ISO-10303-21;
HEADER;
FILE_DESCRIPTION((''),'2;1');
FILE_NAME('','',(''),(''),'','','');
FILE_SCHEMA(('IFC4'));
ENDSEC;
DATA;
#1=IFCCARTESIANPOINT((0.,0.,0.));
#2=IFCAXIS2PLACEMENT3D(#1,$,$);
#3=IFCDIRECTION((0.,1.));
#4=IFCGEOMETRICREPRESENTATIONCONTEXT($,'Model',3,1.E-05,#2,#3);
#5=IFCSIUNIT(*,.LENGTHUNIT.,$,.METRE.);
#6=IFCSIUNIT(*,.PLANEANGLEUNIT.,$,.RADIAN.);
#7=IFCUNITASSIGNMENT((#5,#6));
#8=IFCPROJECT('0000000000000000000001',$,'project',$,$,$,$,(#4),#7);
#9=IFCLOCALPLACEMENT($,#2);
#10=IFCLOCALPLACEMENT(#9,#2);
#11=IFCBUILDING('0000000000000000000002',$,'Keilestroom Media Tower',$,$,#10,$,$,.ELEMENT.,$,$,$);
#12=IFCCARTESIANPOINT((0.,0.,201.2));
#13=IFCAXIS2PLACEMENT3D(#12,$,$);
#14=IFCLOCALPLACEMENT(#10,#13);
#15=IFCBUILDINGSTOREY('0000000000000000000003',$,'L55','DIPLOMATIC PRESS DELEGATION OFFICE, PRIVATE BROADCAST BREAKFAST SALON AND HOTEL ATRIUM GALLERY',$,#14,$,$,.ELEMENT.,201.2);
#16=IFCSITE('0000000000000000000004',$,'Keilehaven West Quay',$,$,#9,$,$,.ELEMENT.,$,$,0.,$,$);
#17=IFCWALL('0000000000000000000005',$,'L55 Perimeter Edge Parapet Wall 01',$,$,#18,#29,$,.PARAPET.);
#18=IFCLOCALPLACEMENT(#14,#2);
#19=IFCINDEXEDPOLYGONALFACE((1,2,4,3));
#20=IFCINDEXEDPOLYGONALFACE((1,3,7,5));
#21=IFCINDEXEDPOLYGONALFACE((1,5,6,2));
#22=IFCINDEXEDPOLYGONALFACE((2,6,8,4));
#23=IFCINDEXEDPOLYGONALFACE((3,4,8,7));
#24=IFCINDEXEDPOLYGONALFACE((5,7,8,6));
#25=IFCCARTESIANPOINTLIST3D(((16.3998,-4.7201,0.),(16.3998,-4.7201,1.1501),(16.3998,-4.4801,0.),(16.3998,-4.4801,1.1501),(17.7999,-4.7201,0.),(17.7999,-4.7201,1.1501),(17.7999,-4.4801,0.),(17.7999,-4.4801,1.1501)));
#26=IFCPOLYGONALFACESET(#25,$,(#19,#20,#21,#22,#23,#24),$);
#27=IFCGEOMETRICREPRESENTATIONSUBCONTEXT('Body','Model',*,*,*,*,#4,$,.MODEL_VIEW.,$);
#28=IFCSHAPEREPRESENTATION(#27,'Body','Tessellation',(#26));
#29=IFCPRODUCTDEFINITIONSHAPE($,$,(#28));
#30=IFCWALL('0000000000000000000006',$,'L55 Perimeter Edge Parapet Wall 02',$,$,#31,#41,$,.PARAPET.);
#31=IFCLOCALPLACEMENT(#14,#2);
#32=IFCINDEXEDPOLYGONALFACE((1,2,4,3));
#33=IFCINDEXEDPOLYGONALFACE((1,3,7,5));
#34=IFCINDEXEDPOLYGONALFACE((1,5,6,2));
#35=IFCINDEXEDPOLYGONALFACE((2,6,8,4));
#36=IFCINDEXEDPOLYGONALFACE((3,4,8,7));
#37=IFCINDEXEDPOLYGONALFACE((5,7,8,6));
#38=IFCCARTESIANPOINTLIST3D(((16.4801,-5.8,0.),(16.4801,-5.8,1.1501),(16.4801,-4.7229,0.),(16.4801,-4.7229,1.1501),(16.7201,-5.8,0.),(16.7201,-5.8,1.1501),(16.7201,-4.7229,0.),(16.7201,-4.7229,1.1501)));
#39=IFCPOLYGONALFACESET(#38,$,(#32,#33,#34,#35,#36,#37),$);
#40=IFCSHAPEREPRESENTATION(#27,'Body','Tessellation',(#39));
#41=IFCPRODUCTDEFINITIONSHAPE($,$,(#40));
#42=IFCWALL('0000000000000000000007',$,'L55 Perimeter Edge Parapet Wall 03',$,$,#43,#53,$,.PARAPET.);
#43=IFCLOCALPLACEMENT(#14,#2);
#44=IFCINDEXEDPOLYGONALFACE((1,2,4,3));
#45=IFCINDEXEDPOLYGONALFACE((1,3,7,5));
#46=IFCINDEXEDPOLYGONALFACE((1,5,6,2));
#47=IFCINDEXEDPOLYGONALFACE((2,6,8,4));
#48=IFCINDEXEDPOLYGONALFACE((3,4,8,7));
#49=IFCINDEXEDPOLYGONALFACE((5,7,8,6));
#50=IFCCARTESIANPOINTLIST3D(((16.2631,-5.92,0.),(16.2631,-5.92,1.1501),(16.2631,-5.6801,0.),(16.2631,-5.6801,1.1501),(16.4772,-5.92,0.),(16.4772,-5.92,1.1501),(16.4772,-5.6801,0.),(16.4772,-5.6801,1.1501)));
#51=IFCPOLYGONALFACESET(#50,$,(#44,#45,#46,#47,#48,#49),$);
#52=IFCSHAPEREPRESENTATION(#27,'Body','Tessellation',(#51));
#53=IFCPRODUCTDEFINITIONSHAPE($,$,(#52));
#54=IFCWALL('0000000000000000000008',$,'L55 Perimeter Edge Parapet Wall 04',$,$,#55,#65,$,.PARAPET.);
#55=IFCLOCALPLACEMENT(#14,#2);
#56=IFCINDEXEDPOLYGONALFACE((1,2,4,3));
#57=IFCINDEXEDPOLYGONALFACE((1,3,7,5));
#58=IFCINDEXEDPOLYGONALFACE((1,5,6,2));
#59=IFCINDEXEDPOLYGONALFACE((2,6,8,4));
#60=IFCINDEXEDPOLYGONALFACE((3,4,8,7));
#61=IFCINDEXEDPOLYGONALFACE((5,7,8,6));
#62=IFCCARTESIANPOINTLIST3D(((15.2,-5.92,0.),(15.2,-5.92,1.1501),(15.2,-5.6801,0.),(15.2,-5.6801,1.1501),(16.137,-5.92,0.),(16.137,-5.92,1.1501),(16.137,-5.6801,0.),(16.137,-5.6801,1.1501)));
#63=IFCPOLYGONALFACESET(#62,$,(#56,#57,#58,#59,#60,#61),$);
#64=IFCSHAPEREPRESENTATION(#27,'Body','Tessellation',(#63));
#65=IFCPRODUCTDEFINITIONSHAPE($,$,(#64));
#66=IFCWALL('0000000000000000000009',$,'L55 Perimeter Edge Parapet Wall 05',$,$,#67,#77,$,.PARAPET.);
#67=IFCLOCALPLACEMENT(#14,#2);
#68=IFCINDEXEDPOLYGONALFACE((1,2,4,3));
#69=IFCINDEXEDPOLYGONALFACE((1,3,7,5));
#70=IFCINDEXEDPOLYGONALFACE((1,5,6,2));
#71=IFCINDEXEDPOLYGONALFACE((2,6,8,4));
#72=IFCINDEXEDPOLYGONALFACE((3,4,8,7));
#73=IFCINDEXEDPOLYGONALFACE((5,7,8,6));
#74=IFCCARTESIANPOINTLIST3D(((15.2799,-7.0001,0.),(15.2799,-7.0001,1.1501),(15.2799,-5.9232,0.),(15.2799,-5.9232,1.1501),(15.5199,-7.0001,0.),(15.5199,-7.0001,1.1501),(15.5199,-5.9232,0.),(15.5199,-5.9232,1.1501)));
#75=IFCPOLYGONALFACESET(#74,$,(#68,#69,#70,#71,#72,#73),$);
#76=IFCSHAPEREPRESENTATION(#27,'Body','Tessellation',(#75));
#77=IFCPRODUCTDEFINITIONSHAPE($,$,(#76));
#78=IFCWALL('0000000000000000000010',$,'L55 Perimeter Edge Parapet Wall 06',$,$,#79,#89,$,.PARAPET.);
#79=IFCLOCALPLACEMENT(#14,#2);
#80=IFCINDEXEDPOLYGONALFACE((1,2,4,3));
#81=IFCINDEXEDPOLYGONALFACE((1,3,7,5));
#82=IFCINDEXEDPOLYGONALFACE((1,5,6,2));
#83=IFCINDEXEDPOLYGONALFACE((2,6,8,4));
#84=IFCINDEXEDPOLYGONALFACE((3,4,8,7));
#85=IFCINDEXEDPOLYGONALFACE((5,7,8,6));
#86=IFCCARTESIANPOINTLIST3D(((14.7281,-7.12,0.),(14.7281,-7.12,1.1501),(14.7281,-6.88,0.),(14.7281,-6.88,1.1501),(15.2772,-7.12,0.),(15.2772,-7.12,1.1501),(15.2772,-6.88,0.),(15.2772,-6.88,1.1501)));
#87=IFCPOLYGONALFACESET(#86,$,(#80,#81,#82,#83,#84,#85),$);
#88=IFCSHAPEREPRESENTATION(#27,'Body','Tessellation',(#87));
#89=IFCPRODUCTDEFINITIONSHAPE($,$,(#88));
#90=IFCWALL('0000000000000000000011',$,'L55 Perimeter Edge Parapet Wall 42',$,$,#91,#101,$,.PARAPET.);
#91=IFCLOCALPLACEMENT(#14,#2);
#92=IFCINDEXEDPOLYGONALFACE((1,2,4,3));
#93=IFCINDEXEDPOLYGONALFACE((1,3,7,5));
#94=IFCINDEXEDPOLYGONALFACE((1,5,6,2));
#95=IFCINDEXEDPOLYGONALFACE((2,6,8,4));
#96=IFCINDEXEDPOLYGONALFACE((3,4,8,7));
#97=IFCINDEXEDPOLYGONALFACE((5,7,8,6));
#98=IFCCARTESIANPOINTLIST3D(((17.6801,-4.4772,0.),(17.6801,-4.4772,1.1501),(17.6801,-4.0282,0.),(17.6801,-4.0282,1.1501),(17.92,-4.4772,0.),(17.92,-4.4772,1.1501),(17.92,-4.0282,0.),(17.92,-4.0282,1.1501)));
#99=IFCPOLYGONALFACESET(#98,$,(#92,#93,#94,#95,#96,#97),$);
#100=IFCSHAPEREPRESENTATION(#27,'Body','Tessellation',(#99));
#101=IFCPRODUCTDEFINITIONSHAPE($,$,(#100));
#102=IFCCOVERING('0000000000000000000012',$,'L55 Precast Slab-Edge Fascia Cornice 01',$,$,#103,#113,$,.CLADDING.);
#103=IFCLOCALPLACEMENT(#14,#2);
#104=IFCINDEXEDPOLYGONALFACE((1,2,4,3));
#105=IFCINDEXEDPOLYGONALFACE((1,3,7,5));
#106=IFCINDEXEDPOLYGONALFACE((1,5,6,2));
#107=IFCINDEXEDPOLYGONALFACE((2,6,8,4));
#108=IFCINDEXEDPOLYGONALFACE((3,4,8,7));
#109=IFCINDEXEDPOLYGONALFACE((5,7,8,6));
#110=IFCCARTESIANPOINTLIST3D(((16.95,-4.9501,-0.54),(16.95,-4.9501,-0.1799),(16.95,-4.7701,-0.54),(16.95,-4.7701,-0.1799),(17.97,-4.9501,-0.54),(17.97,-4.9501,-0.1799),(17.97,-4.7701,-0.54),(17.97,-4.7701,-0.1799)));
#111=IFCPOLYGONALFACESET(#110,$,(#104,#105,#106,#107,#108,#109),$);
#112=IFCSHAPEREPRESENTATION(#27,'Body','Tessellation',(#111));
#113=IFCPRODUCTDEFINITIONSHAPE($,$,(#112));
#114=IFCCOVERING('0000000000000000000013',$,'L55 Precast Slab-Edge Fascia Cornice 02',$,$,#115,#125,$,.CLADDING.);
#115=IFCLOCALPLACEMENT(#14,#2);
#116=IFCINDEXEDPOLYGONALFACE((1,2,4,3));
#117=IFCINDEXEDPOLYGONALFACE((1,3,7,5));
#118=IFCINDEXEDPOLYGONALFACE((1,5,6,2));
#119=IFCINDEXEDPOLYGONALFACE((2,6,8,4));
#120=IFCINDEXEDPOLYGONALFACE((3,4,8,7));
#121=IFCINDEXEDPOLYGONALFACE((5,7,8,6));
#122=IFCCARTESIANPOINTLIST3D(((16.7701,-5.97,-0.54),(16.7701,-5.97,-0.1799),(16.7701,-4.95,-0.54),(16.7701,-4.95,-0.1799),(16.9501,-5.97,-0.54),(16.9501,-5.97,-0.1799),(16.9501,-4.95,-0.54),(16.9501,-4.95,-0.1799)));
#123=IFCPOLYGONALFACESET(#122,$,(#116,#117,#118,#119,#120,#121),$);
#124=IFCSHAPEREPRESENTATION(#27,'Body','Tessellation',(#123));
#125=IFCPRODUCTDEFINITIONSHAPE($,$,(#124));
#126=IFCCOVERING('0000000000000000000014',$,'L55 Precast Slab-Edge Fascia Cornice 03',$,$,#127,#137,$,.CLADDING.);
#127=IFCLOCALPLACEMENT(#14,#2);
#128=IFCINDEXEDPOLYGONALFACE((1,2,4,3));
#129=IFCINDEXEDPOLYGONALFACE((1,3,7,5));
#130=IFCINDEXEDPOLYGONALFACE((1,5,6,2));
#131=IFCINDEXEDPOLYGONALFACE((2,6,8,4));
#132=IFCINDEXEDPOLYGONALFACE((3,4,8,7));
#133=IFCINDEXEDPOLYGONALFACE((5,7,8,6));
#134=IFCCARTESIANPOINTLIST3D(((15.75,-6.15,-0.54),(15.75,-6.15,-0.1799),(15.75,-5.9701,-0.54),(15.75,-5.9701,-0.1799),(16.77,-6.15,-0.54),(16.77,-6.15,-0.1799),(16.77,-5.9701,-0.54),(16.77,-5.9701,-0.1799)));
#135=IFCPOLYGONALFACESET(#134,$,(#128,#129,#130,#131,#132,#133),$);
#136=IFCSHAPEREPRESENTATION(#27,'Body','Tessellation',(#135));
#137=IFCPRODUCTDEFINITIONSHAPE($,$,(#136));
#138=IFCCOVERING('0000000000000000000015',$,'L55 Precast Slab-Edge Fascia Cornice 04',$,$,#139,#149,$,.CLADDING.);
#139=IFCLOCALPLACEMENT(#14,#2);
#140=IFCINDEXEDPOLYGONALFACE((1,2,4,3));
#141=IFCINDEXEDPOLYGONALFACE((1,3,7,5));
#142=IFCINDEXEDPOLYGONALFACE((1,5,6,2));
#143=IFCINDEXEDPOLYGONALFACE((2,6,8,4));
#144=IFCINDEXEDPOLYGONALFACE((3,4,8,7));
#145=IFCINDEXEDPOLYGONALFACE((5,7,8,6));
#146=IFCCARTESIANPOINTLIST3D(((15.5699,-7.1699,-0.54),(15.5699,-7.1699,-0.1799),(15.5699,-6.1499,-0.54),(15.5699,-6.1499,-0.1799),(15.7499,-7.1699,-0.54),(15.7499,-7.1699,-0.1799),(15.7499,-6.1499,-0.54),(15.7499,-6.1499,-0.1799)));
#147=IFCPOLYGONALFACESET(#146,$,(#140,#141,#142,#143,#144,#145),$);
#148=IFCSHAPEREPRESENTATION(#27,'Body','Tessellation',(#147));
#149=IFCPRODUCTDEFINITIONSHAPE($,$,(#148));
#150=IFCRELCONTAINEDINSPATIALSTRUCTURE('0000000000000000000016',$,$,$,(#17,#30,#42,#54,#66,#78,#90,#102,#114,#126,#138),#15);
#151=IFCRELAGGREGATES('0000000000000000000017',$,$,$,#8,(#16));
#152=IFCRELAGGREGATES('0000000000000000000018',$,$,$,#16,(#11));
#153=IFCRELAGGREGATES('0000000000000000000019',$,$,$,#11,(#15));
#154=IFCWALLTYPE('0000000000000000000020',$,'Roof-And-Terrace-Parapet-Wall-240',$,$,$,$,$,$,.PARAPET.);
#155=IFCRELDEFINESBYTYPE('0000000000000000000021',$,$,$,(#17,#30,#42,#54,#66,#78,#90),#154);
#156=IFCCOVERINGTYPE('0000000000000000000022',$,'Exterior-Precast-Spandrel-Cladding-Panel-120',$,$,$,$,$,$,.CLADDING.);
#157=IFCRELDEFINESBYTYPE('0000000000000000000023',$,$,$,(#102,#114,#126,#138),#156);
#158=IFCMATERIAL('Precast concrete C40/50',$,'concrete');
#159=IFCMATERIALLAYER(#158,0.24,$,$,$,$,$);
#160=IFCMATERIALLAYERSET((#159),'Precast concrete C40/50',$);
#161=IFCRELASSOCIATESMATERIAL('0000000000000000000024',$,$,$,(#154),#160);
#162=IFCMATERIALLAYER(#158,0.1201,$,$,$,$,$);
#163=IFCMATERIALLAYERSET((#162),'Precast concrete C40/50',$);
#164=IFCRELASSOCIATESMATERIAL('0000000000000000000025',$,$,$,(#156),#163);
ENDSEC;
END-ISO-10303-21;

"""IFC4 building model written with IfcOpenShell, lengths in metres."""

from ifc_helpers import new_model, si_unit, direction, frame, frame_2d, origin, origin_2d, place, context, subcontext, project, spatial, rectangle, extrude, source, transform, mapped, material, layer, layer_set, type_object, element, save


model = new_model("IFC4")

# Units and contexts
model_context = context("Model", 3, precision=1e-05, world=origin(), true_north=direction((0.0, 1.0)))
body_context = subcontext(model_context, "Body", "Model", "MODEL_VIEW")
ifc_project = project(units=[si_unit("LENGTHUNIT", "METRE"), si_unit("PLANEANGLEUNIT", "RADIAN")], contexts=[model_context])

# Site, building, storey
site_placement = place(None, origin())
site = spatial("IfcSite", under=ifc_project, at=site_placement, Name="Keilehaven West Quay", CompositionType="ELEMENT", RefElevation=0.0)
building_placement = place(site_placement, origin())
building = spatial("IfcBuilding", under=site, at=building_placement, Name="Keilestroom Media Tower", CompositionType="ELEMENT")
storey_placement = place(building_placement, frame((0.0, 0.0, 201.2)))
storey = spatial("IfcBuildingStorey", under=building, at=storey_placement, Name="L55", Description="DIPLOMATIC PRESS DELEGATION OFFICE, PRIVATE BROADCAST BREAKFAST SALON AND HOTEL ATRIUM GALLERY", CompositionType="ELEMENT", Elevation=201.2)

# Shared definitions
ifc_material_1 = material(Name="Precast concrete C40/50", Category="concrete")

# Walls
ifc_layer_1 = layer(ifc_material_1, 0.24)
ifc_layer_set_1 = layer_set([ifc_layer_1], Name="Precast concrete C40/50")
wall_type_1 = type_object("IfcWallType", Name="Roof-And-Terrace-Parapet-Wall-240", PredefinedType="PARAPET", material=ifc_layer_set_1)
wall_1_placement = place(storey_placement, frame((17.8, -4.6001, 0.0), z_axis=(0.0, 0.0, 1.0), x_axis=(-1.0, 0.0, 0.0)))
element("IfcWall", 1, at=wall_1_placement, inside=storey, type_object=wall_type_1, Name="L55 Perimeter Edge Parapet Wall 01", PredefinedType="PARAPET", context=body_context, shape_type="SweptSolid", body=[
    extrude(rectangle(XDim=1.4001, YDim=0.24, at=frame_2d((0.7002, 0.0))), origin(), (0.0, 0.0, 1.0), 1.1501),
])
wall_2_placement = place(storey_placement, frame((16.6001, -4.7229, 0.0), z_axis=(0.0, 0.0, 1.0), x_axis=(0.0, -1.0, 0.0)))
element("IfcWall", 2, at=wall_2_placement, inside=storey, type_object=wall_type_1, Name="L55 Perimeter Edge Parapet Wall 02", PredefinedType="PARAPET", context=body_context, shape_type="SweptSolid", body=[
    extrude(rectangle(XDim=1.0771, YDim=0.24, at=frame_2d((0.5386, 0.0))), origin(), (0.0, 0.0, 1.0), 1.1501),
])
wall_3_placement = place(storey_placement, frame((16.4771, -5.8, 0.0), z_axis=(0.0, 0.0, 1.0), x_axis=(-1.0, 0.0, 0.0)))
element("IfcWall", 3, at=wall_3_placement, inside=storey, type_object=wall_type_1, Name="L55 Perimeter Edge Parapet Wall 03", PredefinedType="PARAPET", context=body_context, shape_type="SweptSolid", body=[
    extrude(rectangle(XDim=0.2141, YDim=0.24, at=frame_2d((0.1069, 0.0))), origin(), (0.0, 0.0, 1.0), 1.1501),
])
wall_4_placement = place(storey_placement, frame((16.137, -5.8, 0.0), z_axis=(0.0, 0.0, 1.0), x_axis=(-1.0, 0.0, 0.0)))
element("IfcWall", 4, at=wall_4_placement, inside=storey, type_object=wall_type_1, Name="L55 Perimeter Edge Parapet Wall 04", PredefinedType="PARAPET", context=body_context, shape_type="SweptSolid", body=[
    extrude(rectangle(XDim=0.937, YDim=0.24, at=frame_2d((0.4685, 0.0))), origin(), (0.0, 0.0, 1.0), 1.1501),
])
wall_5_placement = place(storey_placement, frame((15.3999, -5.9231, 0.0), z_axis=(0.0, 0.0, 1.0), x_axis=(0.0, -1.0, 0.0)))
element("IfcWall", 5, at=wall_5_placement, inside=storey, type_object=wall_type_1, Name="L55 Perimeter Edge Parapet Wall 05", PredefinedType="PARAPET", context=body_context, shape_type="SweptSolid", body=[
    extrude(rectangle(XDim=1.0769, YDim=0.24, at=frame_2d((0.5386, 0.0))), origin(), (0.0, 0.0, 1.0), 1.1501),
])
wall_6_placement = place(storey_placement, frame((15.2771, -7.0, 0.0), z_axis=(0.0, 0.0, 1.0), x_axis=(-1.0, 0.0, 0.0)))
element("IfcWall", 6, at=wall_6_placement, inside=storey, type_object=wall_type_1, Name="L55 Perimeter Edge Parapet Wall 06", PredefinedType="PARAPET", context=body_context, shape_type="SweptSolid", body=[
    extrude(rectangle(XDim=0.5491, YDim=0.24, at=frame_2d((0.2744, 0.0))), origin(), (0.0, 0.0, 1.0), 1.1501),
])
wall_7_placement = place(storey_placement, frame((17.8, -4.0281, 0.0), z_axis=(0.0, 0.0, 1.0), x_axis=(0.0, -1.0, 0.0)))
element("IfcWall", 7, at=wall_7_placement, inside=storey, type_object=wall_type_1, Name="L55 Perimeter Edge Parapet Wall 42", PredefinedType="PARAPET", context=body_context, shape_type="SweptSolid", body=[
    extrude(rectangle(XDim=0.449, YDim=0.24, at=frame_2d((0.2246, 0.0))), origin(), (0.0, 0.0, 1.0), 1.1501),
])

# Coverings
ifc_layer_2 = layer(ifc_material_1, 0.1201)
ifc_layer_set_2 = layer_set([ifc_layer_2], Name="Precast concrete C40/50")
covering_type = type_object("IfcCoveringType", Name="Exterior-Precast-Spandrel-Cladding-Panel-120", PredefinedType="CLADDING", material=ifc_layer_set_2)
shared_shape_1 = source(origin(), body_context, "Body", "SweptSolid", [
    extrude(rectangle(XDim=1.02, YDim=0.1799, at=origin_2d()), origin(), (0.0, 0.0, 1.0), 0.3601),
])
for number, where, z_axis, x_axis, name in (
    (8, (17.46, -4.8601, -0.54), (0.0, 0.0, 1.0), (-1.0, 0.0, 0.0), "L55 Precast Slab-Edge Fascia Cornice 01"),
    (9, (16.8601, -5.46, -0.54), (0.0, 0.0, 1.0), (0.0, -1.0, 0.0), "L55 Precast Slab-Edge Fascia Cornice 02"),
    (10, (16.26, -6.0601, -0.54), (0.0, 0.0, 1.0), (-1.0, 0.0, 0.0), "L55 Precast Slab-Edge Fascia Cornice 03"),
    (11, (15.6599, -6.6599, -0.54), (0.0, 0.0, 1.0), (0.0, -1.0, 0.0), "L55 Precast Slab-Edge Fascia Cornice 04"),
):
    element("IfcCovering", number, at=place(storey_placement, frame(where, z_axis=z_axis, x_axis=x_axis)), inside=storey, type_object=covering_type, Name=name, PredefinedType="CLADDING", context=body_context, shape_type="MappedRepresentation", body=[
        mapped(shared_shape_1, transform((0.0, 0.0, 0.0), x_axis=(1.0, 0.0, 0.0), y_axis=(0.0, 1.0, 0.0), z_axis=(0.0, 0.0, 1.0), scale=1.0)),
    ])

save(model, "model.ifc")
